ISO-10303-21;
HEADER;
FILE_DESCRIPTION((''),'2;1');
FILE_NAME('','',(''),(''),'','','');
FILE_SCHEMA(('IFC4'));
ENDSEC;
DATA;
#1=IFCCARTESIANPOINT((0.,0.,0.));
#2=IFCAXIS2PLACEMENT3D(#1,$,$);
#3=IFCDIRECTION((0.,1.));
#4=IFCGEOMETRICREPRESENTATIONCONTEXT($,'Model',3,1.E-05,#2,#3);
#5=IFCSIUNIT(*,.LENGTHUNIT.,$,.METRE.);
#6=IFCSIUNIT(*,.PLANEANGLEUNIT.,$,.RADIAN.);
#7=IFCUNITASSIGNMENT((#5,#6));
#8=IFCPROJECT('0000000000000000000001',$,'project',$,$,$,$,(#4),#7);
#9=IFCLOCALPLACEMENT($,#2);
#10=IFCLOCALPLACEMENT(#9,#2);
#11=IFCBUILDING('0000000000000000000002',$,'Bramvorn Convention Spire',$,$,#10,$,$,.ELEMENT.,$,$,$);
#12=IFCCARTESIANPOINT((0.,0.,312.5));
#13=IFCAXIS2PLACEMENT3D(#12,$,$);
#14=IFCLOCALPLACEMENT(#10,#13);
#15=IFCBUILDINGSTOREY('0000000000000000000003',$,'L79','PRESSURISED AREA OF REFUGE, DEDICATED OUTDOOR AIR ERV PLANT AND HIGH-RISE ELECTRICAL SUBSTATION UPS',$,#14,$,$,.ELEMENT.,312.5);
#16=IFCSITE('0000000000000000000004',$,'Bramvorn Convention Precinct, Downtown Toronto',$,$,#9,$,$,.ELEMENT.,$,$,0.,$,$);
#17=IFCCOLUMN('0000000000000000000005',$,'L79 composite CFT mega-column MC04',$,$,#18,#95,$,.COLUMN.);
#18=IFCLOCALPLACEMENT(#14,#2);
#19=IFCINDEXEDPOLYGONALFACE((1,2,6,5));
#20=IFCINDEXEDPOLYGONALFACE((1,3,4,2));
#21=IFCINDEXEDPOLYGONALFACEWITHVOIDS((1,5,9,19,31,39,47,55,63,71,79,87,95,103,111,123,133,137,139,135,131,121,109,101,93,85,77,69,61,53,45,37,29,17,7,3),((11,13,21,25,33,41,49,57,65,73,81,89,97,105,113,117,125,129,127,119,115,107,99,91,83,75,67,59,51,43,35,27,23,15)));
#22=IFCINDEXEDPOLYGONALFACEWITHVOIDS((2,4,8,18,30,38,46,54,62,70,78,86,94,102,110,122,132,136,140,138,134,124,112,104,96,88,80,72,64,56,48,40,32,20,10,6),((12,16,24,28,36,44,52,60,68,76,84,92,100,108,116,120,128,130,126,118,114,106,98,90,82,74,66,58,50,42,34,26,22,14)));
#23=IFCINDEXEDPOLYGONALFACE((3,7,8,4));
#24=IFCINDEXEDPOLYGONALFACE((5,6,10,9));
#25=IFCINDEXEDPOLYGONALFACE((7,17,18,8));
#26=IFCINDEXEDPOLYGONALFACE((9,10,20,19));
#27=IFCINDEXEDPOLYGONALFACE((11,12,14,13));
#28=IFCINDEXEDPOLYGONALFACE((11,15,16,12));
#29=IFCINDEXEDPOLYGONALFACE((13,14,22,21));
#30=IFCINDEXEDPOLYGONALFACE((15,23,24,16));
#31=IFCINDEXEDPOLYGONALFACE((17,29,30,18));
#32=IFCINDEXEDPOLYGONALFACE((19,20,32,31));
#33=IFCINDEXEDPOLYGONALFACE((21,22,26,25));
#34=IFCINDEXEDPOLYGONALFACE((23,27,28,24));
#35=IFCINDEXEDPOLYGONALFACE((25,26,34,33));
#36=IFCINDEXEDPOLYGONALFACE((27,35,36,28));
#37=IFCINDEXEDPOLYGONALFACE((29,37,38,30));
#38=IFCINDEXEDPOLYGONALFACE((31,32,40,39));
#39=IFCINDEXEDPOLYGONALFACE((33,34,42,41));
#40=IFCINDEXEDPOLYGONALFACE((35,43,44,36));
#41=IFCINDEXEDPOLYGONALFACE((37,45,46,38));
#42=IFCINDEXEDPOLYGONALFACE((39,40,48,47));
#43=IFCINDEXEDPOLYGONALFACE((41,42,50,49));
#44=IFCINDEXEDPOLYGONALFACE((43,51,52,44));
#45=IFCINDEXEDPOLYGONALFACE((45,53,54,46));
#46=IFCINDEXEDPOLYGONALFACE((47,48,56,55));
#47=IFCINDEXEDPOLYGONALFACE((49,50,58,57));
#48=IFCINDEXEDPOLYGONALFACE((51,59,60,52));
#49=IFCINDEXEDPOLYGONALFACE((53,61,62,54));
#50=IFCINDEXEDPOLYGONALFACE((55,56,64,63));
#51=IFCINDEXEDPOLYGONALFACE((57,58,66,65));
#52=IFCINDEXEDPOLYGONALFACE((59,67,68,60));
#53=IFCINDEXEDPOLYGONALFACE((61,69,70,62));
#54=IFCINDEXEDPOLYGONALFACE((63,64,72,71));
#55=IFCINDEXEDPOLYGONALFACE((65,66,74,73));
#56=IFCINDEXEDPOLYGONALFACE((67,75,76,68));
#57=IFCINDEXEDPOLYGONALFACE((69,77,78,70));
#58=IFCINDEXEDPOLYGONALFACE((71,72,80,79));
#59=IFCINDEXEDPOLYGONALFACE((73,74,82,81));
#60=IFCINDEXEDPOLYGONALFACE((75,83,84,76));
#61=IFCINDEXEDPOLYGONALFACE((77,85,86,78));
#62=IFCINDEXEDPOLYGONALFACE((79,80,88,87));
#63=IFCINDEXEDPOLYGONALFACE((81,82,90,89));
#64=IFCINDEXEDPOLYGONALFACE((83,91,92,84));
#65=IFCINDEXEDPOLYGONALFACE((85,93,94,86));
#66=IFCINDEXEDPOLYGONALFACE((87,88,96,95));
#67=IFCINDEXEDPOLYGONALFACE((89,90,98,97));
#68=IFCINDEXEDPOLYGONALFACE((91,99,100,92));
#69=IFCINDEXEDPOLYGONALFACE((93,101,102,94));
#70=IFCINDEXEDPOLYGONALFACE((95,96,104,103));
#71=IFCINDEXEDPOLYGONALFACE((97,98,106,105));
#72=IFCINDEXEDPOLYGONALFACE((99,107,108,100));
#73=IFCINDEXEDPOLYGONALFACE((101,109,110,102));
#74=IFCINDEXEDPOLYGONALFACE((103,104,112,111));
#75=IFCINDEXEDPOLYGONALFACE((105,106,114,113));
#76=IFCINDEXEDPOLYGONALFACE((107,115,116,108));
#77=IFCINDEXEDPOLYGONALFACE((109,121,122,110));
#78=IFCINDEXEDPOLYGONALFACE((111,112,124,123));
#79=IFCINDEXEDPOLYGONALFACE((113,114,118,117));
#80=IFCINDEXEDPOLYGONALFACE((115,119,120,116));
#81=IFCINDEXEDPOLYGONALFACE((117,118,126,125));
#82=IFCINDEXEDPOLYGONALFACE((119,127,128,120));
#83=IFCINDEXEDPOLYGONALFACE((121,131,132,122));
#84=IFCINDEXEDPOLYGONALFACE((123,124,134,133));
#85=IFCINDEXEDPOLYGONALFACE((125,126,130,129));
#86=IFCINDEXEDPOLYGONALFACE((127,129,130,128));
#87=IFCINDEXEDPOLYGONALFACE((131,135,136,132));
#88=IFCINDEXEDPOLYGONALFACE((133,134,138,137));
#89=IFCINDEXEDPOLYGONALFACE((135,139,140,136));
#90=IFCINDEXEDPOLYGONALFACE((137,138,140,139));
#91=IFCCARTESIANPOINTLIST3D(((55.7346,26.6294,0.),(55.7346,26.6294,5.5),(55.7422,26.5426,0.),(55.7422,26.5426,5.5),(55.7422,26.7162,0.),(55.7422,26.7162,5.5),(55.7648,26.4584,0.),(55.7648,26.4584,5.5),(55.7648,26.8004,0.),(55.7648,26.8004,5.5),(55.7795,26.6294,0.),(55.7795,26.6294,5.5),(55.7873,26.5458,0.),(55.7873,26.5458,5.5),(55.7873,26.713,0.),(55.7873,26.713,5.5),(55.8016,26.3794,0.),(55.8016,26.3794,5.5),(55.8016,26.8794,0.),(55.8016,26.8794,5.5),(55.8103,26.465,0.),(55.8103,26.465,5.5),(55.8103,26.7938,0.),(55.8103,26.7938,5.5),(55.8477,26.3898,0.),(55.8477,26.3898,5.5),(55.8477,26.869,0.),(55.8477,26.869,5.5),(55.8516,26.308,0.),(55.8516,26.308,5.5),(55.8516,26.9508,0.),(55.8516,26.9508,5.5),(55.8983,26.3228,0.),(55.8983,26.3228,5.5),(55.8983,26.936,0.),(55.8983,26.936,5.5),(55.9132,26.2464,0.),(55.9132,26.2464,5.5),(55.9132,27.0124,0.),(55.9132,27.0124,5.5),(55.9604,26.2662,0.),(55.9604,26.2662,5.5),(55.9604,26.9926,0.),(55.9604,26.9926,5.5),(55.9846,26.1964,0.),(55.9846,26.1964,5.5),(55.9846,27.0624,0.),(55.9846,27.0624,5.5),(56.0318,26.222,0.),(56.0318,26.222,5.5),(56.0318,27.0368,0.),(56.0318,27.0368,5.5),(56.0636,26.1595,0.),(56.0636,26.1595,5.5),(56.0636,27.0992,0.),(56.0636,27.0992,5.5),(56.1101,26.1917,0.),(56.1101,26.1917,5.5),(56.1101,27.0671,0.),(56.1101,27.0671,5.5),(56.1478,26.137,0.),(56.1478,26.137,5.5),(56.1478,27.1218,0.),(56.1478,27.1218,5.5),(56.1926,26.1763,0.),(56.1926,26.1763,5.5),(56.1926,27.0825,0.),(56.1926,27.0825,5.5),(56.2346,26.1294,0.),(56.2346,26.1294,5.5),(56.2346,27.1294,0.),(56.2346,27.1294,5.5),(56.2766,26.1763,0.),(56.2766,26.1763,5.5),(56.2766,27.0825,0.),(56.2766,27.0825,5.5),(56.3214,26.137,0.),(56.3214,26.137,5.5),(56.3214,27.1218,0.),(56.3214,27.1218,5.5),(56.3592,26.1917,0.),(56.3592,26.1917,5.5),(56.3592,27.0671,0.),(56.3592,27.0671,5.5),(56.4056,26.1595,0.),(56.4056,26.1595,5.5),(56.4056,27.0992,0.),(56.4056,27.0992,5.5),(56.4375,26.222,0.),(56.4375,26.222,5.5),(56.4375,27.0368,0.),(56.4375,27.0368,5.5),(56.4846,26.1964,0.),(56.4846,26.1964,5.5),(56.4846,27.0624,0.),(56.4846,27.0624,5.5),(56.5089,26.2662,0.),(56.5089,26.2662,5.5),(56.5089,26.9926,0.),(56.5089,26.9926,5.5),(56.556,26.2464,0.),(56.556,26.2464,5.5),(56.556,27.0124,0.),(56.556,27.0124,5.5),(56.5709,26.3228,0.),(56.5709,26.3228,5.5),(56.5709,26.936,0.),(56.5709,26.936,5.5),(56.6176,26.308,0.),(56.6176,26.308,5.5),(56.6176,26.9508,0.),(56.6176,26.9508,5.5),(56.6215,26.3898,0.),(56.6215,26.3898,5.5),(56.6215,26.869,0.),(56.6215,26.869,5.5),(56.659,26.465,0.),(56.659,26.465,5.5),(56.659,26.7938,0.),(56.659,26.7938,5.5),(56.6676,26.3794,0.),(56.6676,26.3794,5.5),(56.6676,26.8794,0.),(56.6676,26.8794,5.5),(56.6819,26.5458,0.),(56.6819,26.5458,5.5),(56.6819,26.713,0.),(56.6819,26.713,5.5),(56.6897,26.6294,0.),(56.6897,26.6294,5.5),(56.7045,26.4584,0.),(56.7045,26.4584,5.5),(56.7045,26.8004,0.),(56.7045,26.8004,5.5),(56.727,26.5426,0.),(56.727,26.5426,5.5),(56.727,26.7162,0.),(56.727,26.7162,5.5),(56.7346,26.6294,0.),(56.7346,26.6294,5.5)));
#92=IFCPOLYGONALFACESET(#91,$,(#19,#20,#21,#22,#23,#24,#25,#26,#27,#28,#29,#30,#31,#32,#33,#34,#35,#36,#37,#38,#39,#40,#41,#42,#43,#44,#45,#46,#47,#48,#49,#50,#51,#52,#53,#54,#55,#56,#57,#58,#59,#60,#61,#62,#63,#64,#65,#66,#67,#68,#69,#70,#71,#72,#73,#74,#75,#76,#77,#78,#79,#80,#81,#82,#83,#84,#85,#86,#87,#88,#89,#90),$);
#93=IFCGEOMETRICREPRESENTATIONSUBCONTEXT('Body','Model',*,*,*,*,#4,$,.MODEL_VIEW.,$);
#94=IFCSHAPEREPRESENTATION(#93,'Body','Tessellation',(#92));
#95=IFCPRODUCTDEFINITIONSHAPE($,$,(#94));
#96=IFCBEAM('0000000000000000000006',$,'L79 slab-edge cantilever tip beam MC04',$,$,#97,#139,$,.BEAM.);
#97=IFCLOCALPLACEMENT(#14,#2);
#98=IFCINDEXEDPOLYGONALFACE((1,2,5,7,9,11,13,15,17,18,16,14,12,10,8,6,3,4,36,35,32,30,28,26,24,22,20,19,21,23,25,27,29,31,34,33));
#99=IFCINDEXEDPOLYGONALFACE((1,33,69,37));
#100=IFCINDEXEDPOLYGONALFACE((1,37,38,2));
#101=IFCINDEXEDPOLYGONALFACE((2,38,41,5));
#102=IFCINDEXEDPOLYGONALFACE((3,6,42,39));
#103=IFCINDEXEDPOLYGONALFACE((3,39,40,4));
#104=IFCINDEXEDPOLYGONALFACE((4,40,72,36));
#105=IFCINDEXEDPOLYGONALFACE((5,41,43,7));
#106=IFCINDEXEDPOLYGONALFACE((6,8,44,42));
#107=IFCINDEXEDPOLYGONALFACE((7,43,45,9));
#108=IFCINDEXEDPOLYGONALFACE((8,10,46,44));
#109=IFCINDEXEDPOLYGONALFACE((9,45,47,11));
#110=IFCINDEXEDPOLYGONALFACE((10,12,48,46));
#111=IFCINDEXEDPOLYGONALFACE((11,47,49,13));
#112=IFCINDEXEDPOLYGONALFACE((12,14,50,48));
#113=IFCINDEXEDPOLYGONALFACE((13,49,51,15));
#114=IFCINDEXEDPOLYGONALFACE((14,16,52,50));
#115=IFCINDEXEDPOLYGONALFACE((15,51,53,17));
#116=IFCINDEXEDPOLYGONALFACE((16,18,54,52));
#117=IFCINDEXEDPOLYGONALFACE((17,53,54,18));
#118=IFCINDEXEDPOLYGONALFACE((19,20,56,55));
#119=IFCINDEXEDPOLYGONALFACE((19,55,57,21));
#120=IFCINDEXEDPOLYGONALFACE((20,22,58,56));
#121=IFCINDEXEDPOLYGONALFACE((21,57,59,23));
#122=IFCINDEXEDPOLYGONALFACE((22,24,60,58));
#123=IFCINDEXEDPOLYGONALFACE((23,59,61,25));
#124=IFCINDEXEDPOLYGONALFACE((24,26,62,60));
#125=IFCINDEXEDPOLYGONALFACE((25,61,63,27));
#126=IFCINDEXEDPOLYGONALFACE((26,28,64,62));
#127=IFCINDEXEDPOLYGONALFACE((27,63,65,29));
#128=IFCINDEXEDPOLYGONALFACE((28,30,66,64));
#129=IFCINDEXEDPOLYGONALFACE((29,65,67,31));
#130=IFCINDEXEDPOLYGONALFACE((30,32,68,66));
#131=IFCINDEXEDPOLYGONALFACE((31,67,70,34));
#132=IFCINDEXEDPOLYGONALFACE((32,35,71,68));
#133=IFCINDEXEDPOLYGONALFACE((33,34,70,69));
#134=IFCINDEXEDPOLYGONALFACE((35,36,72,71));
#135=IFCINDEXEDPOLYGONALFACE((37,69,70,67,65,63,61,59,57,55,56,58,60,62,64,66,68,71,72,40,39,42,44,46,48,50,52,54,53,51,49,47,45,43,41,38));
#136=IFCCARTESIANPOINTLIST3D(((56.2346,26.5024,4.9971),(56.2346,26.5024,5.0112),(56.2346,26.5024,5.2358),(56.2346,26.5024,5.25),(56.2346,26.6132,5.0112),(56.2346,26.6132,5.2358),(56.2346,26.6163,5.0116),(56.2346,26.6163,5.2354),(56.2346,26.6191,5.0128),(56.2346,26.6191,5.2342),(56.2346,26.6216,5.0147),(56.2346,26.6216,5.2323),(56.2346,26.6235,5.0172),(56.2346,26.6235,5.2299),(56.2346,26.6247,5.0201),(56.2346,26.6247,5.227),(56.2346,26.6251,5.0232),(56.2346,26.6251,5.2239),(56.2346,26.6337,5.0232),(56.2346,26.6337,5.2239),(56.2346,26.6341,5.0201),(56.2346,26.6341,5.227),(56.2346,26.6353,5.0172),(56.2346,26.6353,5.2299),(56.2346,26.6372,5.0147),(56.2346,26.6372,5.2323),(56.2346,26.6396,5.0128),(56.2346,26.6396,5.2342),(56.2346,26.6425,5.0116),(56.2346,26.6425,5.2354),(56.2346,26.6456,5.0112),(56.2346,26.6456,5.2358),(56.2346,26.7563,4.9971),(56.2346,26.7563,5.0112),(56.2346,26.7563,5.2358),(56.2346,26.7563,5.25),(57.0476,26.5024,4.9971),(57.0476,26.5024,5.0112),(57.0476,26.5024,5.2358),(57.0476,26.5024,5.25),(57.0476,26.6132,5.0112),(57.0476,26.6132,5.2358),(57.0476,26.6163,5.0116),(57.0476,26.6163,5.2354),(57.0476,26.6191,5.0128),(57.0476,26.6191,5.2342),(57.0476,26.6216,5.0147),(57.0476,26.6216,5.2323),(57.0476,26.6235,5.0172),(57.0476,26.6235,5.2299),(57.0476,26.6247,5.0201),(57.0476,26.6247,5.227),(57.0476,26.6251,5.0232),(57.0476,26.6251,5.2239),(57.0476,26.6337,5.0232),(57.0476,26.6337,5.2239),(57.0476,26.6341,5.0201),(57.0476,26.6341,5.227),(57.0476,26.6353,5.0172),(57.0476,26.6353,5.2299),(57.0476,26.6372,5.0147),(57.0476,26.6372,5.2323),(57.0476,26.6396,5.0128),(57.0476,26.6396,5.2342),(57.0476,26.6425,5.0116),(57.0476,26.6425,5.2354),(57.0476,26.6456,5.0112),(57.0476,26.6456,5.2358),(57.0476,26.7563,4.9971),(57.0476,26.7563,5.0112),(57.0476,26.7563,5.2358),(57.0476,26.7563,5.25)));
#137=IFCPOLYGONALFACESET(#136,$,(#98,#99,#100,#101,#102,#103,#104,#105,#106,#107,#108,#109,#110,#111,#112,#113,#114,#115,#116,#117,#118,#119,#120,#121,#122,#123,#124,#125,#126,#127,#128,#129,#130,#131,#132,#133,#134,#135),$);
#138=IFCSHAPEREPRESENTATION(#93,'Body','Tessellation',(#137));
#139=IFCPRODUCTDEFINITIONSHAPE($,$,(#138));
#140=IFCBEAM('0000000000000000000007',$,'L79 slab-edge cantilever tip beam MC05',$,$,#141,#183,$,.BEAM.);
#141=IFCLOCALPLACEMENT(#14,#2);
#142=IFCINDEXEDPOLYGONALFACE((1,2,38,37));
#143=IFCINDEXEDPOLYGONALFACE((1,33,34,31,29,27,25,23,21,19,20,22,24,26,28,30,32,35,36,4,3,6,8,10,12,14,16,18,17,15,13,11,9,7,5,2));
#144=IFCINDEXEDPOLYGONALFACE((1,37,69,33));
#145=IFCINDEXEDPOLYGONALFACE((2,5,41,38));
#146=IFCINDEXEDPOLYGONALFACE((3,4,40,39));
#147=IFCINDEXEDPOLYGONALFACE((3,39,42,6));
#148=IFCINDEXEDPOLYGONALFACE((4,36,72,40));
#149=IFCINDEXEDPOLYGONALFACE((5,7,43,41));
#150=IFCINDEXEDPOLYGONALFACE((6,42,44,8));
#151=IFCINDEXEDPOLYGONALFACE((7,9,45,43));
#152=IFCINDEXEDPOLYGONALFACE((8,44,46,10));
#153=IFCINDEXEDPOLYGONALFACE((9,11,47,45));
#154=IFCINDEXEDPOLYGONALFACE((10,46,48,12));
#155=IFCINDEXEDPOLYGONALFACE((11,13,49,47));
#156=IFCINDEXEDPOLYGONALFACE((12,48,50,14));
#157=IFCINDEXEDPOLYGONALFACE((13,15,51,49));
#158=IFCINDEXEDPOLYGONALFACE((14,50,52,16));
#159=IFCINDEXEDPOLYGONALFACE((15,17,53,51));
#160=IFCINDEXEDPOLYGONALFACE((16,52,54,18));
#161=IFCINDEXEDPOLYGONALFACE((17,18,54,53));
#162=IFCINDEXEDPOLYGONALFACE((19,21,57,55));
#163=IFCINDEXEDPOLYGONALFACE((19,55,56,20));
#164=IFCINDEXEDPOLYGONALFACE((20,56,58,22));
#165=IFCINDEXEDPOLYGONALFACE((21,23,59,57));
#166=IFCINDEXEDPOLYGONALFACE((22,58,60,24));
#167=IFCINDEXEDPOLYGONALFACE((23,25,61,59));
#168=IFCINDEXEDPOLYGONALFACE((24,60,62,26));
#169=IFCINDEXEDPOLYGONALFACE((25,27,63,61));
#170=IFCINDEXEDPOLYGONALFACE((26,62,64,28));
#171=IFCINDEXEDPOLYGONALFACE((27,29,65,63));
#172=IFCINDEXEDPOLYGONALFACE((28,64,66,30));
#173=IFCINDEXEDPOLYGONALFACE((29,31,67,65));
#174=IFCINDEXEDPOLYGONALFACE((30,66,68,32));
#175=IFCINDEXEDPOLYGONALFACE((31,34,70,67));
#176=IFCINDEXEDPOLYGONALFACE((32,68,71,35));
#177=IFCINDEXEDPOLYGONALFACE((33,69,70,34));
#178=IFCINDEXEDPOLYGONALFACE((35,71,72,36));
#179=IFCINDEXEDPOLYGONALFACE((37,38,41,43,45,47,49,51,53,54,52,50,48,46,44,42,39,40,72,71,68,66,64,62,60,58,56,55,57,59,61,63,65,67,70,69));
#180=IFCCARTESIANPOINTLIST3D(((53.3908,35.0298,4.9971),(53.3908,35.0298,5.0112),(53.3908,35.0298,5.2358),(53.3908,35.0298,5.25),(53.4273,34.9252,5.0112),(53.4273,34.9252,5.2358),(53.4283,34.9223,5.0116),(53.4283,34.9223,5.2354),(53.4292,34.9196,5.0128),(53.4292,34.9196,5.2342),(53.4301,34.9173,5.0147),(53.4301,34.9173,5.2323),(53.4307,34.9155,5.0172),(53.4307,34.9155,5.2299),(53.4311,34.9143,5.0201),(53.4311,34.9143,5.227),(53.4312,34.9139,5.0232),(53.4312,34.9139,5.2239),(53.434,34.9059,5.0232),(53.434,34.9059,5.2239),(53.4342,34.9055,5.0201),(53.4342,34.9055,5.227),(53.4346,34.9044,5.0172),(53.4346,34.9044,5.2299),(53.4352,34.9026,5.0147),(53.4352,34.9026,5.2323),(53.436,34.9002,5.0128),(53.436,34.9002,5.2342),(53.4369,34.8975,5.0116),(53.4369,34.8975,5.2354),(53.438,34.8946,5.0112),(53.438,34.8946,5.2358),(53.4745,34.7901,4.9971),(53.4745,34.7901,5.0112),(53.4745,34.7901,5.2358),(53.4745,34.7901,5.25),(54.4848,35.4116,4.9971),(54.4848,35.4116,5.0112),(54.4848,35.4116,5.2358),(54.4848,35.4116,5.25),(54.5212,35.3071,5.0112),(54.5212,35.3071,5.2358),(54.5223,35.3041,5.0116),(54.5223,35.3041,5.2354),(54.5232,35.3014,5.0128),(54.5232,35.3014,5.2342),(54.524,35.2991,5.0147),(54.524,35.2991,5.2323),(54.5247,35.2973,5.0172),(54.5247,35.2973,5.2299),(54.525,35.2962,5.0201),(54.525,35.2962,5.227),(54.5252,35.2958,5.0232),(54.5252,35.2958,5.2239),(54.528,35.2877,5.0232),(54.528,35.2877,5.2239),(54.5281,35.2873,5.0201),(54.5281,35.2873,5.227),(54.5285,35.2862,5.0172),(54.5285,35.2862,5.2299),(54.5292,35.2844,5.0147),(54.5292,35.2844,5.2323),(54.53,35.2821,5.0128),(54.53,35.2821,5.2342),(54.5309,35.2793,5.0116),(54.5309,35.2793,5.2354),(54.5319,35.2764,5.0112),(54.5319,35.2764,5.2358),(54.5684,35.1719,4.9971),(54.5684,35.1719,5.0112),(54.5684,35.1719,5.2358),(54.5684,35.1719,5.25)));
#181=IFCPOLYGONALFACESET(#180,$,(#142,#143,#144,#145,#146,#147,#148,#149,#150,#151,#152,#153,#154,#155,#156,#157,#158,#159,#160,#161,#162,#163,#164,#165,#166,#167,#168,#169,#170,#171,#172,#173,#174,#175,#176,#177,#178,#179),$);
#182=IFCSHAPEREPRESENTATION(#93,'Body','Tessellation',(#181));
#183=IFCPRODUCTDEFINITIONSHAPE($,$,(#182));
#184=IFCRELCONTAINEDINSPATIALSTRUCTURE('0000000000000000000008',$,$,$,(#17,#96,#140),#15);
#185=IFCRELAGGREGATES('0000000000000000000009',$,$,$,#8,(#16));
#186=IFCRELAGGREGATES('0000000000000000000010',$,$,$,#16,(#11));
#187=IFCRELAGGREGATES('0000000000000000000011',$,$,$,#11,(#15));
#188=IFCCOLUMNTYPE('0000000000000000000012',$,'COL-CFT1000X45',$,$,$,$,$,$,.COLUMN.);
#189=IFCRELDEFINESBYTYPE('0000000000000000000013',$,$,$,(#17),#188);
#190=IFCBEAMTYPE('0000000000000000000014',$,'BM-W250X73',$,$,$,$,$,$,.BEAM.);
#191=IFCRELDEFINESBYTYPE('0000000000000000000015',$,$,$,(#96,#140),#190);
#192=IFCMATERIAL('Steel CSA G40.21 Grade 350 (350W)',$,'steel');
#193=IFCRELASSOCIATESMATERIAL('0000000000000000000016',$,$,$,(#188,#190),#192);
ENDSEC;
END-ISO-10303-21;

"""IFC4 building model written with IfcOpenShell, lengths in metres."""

from ifc_helpers import new_model, si_unit, direction, frame, origin, origin_2d, place, context, subcontext, project, spatial, hollow_circle, i_section, extrude, material, material_profile, profile_set, type_object, element, save


model = new_model("IFC4")

# Units and contexts
model_context = context("Model", 3, precision=1e-05, world=origin(), true_north=direction((0.0, 1.0)))
body_context = subcontext(model_context, "Body", "Model", "MODEL_VIEW")
ifc_project = project(units=[si_unit("LENGTHUNIT", "METRE"), si_unit("PLANEANGLEUNIT", "RADIAN")], contexts=[model_context])

# Site, building, storey
site_placement = place(None, origin())
site = spatial("IfcSite", under=ifc_project, at=site_placement, Name="Bramvorn Convention Precinct, Downtown Toronto", CompositionType="ELEMENT", RefElevation=0.0)
building_placement = place(site_placement, origin())
building = spatial("IfcBuilding", under=site, at=building_placement, Name="Bramvorn Convention Spire", CompositionType="ELEMENT")
storey_placement = place(building_placement, frame((0.0, 0.0, 312.5)))
storey = spatial("IfcBuildingStorey", under=building, at=storey_placement, Name="L79", Description="PRESSURISED AREA OF REFUGE, DEDICATED OUTDOOR AIR ERV PLANT AND HIGH-RISE ELECTRICAL SUBSTATION UPS", CompositionType="ELEMENT", Elevation=312.5)

# Column
ifc_material_1 = material(Name="Steel CSA G40.21 Grade 350 (350W)", Category="steel")
ifc_material_profile_1 = material_profile(ifc_material_1, hollow_circle(Radius=0.5, WallThickness=0.0449, at=origin_2d()))
ifc_profile_set_1 = profile_set([ifc_material_profile_1], Name="Steel CSA G40.21 Grade 350 (350W) - CFT1000X45")
column_type = type_object("IfcColumnType", Name="COL-CFT1000X45", PredefinedType="COLUMN", material=ifc_profile_set_1)
column_placement = place(storey_placement, frame((56.2346, 26.6294, 0.0), z_axis=(0.0, 0.0, 1.0), x_axis=(1.0, 0.0, 0.0)))
element("IfcColumn", 1, at=column_placement, inside=storey, type_object=column_type, Name="L79 composite CFT mega-column MC04", PredefinedType="COLUMN", context=body_context, shape_type="SweptSolid", body=[
    extrude(hollow_circle(Radius=0.5, WallThickness=0.0449, at=origin_2d()), origin(), (0.0, 0.0, 1.0), 5.5),
])

# Beams
ifc_material_profile_2 = material_profile(ifc_material_1, i_section(OverallWidth=0.2539, OverallDepth=0.2529, WebThickness=0.0085, FlangeThickness=0.0142, FilletRadius=0.012, at=origin_2d()))
ifc_profile_set_2 = profile_set([ifc_material_profile_2], Name="Steel CSA G40.21 Grade 350 (350W) - W250X73")
beam_type_1 = type_object("IfcBeamType", Name="BM-W250X73", PredefinedType="BEAM", material=ifc_profile_set_2)
beam_1_placement = place(storey_placement, frame((56.2346, 26.6294, 5.1235), z_axis=(1.0, 0.0, 0.0), x_axis=(0.0, 1.0, 0.0)))
element("IfcBeam", 2, at=beam_1_placement, inside=storey, type_object=beam_type_1, Name="L79 slab-edge cantilever tip beam MC04", PredefinedType="BEAM", context=body_context, shape_type="SweptSolid", body=[
    extrude(i_section(OverallWidth=0.2539, OverallDepth=0.2529, WebThickness=0.0085, FlangeThickness=0.0142, FilletRadius=0.012, at=origin_2d()), origin(), (0.0, 0.0, 1.0), 0.813),
])
beam_2_placement = place(storey_placement, frame((53.4326, 34.9099, 5.1235), z_axis=(0.944144, 0.329534, 0.0), x_axis=(-0.329534, 0.944144, 0.0)))
element("IfcBeam", 3, at=beam_2_placement, inside=storey, type_object=beam_type_1, Name="L79 slab-edge cantilever tip beam MC05", PredefinedType="BEAM", context=body_context, shape_type="SweptSolid", body=[
    extrude(i_section(OverallWidth=0.2539, OverallDepth=0.2529, WebThickness=0.0085, FlangeThickness=0.0142, FilletRadius=0.012, at=origin_2d()), origin(), (0.0, 0.0, 1.0), 1.1587),
])

save(model, "model.ifc")
